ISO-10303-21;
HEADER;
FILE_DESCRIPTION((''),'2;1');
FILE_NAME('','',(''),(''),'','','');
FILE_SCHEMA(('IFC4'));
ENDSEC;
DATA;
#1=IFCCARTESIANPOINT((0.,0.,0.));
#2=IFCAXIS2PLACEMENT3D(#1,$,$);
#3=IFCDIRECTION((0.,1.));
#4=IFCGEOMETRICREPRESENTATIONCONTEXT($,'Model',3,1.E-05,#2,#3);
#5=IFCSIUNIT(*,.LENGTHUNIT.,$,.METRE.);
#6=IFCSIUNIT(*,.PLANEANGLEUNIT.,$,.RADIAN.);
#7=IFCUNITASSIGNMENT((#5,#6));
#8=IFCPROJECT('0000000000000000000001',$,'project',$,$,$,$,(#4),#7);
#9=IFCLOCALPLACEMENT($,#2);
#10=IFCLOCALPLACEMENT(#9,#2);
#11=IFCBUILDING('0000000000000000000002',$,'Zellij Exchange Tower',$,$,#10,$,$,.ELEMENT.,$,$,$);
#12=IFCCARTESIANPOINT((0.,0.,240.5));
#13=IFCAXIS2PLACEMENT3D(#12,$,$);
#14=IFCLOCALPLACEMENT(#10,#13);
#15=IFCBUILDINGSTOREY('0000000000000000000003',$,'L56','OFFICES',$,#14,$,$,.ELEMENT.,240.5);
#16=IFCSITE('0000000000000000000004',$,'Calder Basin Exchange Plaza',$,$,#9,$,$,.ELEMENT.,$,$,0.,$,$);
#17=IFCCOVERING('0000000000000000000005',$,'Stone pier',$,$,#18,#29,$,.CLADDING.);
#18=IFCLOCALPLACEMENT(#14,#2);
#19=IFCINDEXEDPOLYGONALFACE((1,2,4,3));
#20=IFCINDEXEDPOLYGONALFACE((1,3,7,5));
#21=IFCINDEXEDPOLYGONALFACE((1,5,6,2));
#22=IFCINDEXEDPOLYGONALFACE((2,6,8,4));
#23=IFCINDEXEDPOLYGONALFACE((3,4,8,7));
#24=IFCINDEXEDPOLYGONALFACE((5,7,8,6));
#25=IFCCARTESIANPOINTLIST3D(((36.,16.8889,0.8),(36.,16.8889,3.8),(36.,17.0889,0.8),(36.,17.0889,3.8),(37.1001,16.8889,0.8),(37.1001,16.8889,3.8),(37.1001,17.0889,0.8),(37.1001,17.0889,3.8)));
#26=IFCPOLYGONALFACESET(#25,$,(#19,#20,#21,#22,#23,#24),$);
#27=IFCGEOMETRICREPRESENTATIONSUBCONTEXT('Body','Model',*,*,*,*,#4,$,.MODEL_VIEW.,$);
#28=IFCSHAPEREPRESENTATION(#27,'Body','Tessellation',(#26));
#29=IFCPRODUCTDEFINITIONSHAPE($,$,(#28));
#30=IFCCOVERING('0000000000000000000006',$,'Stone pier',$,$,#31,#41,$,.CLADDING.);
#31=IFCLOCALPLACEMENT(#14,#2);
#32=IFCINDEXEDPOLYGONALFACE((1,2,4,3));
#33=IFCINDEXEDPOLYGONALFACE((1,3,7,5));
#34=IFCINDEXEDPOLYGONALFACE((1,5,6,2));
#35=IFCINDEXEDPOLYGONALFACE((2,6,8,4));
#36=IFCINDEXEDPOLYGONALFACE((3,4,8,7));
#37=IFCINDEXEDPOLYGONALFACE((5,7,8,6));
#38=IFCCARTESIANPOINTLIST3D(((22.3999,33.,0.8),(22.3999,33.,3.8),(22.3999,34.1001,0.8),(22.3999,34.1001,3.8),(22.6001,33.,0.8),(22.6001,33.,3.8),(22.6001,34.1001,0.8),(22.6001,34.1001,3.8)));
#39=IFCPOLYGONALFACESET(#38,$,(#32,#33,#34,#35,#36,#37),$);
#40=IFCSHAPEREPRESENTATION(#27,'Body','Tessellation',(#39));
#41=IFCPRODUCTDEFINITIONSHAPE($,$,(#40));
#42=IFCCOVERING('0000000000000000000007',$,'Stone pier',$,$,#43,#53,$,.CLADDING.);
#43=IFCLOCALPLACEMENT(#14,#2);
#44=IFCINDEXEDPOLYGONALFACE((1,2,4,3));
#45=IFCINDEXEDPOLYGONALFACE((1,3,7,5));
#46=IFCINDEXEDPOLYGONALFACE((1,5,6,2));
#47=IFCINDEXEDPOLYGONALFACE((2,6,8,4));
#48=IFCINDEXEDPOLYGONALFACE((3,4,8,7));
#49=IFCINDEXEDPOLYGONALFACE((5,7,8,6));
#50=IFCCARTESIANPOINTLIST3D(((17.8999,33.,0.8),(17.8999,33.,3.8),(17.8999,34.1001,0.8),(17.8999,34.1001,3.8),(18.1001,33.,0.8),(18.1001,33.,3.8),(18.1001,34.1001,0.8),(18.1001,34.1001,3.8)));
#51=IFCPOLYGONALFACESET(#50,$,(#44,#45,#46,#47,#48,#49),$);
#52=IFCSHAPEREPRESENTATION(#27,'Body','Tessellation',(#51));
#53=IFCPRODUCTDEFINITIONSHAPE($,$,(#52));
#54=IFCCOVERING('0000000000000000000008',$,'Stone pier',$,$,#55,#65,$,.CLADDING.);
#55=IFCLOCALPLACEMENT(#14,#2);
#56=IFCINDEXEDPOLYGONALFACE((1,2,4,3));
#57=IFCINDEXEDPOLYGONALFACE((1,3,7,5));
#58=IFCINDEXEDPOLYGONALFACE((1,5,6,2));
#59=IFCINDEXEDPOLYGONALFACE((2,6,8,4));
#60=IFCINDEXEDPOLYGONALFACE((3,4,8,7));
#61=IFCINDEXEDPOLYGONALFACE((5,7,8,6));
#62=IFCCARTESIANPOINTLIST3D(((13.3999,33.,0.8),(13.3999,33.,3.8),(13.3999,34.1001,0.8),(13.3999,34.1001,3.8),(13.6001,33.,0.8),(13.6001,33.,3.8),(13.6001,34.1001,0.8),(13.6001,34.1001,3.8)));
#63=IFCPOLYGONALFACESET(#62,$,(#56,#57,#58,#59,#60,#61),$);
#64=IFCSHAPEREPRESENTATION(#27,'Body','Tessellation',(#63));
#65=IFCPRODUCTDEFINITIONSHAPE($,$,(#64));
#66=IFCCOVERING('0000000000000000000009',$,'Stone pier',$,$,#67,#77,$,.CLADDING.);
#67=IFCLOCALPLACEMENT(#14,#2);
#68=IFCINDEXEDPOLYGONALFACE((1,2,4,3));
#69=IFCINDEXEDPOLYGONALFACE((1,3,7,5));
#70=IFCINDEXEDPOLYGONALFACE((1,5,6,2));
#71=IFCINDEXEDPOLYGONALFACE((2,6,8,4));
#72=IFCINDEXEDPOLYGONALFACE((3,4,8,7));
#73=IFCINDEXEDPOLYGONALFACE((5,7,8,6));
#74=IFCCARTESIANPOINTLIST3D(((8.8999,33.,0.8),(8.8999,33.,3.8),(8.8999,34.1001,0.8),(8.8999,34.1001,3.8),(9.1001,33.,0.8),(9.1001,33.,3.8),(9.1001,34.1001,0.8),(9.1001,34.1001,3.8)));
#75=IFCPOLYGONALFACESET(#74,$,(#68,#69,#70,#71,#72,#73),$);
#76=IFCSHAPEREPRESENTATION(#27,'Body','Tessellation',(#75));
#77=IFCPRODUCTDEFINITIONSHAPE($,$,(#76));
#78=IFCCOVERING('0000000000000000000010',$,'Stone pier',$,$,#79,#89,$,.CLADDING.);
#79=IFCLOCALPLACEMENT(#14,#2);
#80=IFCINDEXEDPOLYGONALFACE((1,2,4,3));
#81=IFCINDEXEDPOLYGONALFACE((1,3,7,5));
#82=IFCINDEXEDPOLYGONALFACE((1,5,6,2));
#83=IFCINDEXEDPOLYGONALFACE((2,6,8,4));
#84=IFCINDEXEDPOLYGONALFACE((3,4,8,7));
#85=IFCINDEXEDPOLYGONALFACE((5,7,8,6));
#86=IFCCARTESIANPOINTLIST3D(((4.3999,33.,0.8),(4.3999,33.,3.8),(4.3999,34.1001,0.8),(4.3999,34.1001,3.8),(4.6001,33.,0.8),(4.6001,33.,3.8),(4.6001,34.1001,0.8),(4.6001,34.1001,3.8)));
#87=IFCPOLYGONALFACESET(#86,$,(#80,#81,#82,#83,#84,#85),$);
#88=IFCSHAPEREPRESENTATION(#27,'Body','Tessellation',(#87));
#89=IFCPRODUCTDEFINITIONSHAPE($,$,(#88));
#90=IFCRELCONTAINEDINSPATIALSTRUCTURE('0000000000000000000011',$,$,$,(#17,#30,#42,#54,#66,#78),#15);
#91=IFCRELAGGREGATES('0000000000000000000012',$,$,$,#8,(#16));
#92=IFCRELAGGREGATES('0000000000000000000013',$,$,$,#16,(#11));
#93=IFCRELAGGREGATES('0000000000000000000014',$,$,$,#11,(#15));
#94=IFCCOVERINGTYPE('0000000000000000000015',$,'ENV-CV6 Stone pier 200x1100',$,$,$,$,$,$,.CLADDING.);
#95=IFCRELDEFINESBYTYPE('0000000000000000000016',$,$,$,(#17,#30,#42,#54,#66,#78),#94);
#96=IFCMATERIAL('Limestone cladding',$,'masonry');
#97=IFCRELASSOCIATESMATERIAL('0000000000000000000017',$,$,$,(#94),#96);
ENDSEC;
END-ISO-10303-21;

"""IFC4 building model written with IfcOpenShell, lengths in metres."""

from ifc_helpers import new_model, si_unit, direction, frame, origin, place, context, subcontext, project, spatial, polyline, outline, extrude, material, type_object, element, save


model = new_model("IFC4")

# Units and contexts
model_context = context("Model", 3, precision=1e-05, world=origin(), true_north=direction((0.0, 1.0)))
body_context = subcontext(model_context, "Body", "Model", "MODEL_VIEW")
ifc_project = project(units=[si_unit("LENGTHUNIT", "METRE"), si_unit("PLANEANGLEUNIT", "RADIAN")], contexts=[model_context])

# Site, building, storey
site_placement = place(None, origin())
site = spatial("IfcSite", under=ifc_project, at=site_placement, Name="Calder Basin Exchange Plaza", CompositionType="ELEMENT", RefElevation=0.0)
building_placement = place(site_placement, origin())
building = spatial("IfcBuilding", under=site, at=building_placement, Name="Zellij Exchange Tower", CompositionType="ELEMENT")
storey_placement = place(building_placement, frame((0.0, 0.0, 240.5)))
storey = spatial("IfcBuildingStorey", under=building, at=storey_placement, Name="L56", Description="OFFICES", CompositionType="ELEMENT", Elevation=240.5)

# Coverings
ifc_material_1 = material(Name="Limestone cladding", Category="masonry")
covering_type_1 = type_object("IfcCoveringType", Name="ENV-CV6 Stone pier 200x1100", PredefinedType="CLADDING", material=ifc_material_1)
covering_1_placement = place(storey_placement, frame((0.0, 0.0, 0.8)))
element("IfcCovering", 1, at=covering_1_placement, inside=storey, type_object=covering_type_1, Name="Stone pier", PredefinedType="CLADDING", context=body_context, shape_type="SweptSolid", body=[
    extrude(outline(polyline([(36.0, 16.8889), (36.0, 17.0889), (37.1001, 17.0889), (37.1001, 16.8889), (36.0, 16.8889)])), origin(), (0.0, 0.0, 1.0), 3.0),
])
covering_2_placement = place(storey_placement, frame((0.0, 0.0, 0.8)))
element("IfcCovering", 2, at=covering_2_placement, inside=storey, type_object=covering_type_1, Name="Stone pier", PredefinedType="CLADDING", context=body_context, shape_type="SweptSolid", body=[
    extrude(outline(polyline([(22.6001, 33.0), (22.3999, 33.0), (22.3999, 34.1001), (22.6001, 34.1001), (22.6001, 33.0)])), origin(), (0.0, 0.0, 1.0), 3.0),
])
covering_3_placement = place(storey_placement, frame((0.0, 0.0, 0.8)))
element("IfcCovering", 3, at=covering_3_placement, inside=storey, type_object=covering_type_1, Name="Stone pier", PredefinedType="CLADDING", context=body_context, shape_type="SweptSolid", body=[
    extrude(outline(polyline([(18.1001, 33.0), (17.8999, 33.0), (17.8999, 34.1001), (18.1001, 34.1001), (18.1001, 33.0)])), origin(), (0.0, 0.0, 1.0), 3.0),
])
covering_4_placement = place(storey_placement, frame((0.0, 0.0, 0.8)))
element("IfcCovering", 4, at=covering_4_placement, inside=storey, type_object=covering_type_1, Name="Stone pier", PredefinedType="CLADDING", context=body_context, shape_type="SweptSolid", body=[
    extrude(outline(polyline([(13.6001, 33.0), (13.3999, 33.0), (13.3999, 34.1001), (13.6001, 34.1001), (13.6001, 33.0)])), origin(), (0.0, 0.0, 1.0), 3.0),
])
covering_5_placement = place(storey_placement, frame((0.0, 0.0, 0.8)))
element("IfcCovering", 5, at=covering_5_placement, inside=storey, type_object=covering_type_1, Name="Stone pier", PredefinedType="CLADDING", context=body_context, shape_type="SweptSolid", body=[
    extrude(outline(polyline([(9.1001, 33.0), (8.8999, 33.0), (8.8999, 34.1001), (9.1001, 34.1001), (9.1001, 33.0)])), origin(), (0.0, 0.0, 1.0), 3.0),
])
covering_6_placement = place(storey_placement, frame((0.0, 0.0, 0.8)))
element("IfcCovering", 6, at=covering_6_placement, inside=storey, type_object=covering_type_1, Name="Stone pier", PredefinedType="CLADDING", context=body_context, shape_type="SweptSolid", body=[
    extrude(outline(polyline([(4.6001, 33.0), (4.3999, 33.0), (4.3999, 34.1001), (4.6001, 34.1001), (4.6001, 33.0)])), origin(), (0.0, 0.0, 1.0), 3.0),
])

save(model, "model.ifc")
